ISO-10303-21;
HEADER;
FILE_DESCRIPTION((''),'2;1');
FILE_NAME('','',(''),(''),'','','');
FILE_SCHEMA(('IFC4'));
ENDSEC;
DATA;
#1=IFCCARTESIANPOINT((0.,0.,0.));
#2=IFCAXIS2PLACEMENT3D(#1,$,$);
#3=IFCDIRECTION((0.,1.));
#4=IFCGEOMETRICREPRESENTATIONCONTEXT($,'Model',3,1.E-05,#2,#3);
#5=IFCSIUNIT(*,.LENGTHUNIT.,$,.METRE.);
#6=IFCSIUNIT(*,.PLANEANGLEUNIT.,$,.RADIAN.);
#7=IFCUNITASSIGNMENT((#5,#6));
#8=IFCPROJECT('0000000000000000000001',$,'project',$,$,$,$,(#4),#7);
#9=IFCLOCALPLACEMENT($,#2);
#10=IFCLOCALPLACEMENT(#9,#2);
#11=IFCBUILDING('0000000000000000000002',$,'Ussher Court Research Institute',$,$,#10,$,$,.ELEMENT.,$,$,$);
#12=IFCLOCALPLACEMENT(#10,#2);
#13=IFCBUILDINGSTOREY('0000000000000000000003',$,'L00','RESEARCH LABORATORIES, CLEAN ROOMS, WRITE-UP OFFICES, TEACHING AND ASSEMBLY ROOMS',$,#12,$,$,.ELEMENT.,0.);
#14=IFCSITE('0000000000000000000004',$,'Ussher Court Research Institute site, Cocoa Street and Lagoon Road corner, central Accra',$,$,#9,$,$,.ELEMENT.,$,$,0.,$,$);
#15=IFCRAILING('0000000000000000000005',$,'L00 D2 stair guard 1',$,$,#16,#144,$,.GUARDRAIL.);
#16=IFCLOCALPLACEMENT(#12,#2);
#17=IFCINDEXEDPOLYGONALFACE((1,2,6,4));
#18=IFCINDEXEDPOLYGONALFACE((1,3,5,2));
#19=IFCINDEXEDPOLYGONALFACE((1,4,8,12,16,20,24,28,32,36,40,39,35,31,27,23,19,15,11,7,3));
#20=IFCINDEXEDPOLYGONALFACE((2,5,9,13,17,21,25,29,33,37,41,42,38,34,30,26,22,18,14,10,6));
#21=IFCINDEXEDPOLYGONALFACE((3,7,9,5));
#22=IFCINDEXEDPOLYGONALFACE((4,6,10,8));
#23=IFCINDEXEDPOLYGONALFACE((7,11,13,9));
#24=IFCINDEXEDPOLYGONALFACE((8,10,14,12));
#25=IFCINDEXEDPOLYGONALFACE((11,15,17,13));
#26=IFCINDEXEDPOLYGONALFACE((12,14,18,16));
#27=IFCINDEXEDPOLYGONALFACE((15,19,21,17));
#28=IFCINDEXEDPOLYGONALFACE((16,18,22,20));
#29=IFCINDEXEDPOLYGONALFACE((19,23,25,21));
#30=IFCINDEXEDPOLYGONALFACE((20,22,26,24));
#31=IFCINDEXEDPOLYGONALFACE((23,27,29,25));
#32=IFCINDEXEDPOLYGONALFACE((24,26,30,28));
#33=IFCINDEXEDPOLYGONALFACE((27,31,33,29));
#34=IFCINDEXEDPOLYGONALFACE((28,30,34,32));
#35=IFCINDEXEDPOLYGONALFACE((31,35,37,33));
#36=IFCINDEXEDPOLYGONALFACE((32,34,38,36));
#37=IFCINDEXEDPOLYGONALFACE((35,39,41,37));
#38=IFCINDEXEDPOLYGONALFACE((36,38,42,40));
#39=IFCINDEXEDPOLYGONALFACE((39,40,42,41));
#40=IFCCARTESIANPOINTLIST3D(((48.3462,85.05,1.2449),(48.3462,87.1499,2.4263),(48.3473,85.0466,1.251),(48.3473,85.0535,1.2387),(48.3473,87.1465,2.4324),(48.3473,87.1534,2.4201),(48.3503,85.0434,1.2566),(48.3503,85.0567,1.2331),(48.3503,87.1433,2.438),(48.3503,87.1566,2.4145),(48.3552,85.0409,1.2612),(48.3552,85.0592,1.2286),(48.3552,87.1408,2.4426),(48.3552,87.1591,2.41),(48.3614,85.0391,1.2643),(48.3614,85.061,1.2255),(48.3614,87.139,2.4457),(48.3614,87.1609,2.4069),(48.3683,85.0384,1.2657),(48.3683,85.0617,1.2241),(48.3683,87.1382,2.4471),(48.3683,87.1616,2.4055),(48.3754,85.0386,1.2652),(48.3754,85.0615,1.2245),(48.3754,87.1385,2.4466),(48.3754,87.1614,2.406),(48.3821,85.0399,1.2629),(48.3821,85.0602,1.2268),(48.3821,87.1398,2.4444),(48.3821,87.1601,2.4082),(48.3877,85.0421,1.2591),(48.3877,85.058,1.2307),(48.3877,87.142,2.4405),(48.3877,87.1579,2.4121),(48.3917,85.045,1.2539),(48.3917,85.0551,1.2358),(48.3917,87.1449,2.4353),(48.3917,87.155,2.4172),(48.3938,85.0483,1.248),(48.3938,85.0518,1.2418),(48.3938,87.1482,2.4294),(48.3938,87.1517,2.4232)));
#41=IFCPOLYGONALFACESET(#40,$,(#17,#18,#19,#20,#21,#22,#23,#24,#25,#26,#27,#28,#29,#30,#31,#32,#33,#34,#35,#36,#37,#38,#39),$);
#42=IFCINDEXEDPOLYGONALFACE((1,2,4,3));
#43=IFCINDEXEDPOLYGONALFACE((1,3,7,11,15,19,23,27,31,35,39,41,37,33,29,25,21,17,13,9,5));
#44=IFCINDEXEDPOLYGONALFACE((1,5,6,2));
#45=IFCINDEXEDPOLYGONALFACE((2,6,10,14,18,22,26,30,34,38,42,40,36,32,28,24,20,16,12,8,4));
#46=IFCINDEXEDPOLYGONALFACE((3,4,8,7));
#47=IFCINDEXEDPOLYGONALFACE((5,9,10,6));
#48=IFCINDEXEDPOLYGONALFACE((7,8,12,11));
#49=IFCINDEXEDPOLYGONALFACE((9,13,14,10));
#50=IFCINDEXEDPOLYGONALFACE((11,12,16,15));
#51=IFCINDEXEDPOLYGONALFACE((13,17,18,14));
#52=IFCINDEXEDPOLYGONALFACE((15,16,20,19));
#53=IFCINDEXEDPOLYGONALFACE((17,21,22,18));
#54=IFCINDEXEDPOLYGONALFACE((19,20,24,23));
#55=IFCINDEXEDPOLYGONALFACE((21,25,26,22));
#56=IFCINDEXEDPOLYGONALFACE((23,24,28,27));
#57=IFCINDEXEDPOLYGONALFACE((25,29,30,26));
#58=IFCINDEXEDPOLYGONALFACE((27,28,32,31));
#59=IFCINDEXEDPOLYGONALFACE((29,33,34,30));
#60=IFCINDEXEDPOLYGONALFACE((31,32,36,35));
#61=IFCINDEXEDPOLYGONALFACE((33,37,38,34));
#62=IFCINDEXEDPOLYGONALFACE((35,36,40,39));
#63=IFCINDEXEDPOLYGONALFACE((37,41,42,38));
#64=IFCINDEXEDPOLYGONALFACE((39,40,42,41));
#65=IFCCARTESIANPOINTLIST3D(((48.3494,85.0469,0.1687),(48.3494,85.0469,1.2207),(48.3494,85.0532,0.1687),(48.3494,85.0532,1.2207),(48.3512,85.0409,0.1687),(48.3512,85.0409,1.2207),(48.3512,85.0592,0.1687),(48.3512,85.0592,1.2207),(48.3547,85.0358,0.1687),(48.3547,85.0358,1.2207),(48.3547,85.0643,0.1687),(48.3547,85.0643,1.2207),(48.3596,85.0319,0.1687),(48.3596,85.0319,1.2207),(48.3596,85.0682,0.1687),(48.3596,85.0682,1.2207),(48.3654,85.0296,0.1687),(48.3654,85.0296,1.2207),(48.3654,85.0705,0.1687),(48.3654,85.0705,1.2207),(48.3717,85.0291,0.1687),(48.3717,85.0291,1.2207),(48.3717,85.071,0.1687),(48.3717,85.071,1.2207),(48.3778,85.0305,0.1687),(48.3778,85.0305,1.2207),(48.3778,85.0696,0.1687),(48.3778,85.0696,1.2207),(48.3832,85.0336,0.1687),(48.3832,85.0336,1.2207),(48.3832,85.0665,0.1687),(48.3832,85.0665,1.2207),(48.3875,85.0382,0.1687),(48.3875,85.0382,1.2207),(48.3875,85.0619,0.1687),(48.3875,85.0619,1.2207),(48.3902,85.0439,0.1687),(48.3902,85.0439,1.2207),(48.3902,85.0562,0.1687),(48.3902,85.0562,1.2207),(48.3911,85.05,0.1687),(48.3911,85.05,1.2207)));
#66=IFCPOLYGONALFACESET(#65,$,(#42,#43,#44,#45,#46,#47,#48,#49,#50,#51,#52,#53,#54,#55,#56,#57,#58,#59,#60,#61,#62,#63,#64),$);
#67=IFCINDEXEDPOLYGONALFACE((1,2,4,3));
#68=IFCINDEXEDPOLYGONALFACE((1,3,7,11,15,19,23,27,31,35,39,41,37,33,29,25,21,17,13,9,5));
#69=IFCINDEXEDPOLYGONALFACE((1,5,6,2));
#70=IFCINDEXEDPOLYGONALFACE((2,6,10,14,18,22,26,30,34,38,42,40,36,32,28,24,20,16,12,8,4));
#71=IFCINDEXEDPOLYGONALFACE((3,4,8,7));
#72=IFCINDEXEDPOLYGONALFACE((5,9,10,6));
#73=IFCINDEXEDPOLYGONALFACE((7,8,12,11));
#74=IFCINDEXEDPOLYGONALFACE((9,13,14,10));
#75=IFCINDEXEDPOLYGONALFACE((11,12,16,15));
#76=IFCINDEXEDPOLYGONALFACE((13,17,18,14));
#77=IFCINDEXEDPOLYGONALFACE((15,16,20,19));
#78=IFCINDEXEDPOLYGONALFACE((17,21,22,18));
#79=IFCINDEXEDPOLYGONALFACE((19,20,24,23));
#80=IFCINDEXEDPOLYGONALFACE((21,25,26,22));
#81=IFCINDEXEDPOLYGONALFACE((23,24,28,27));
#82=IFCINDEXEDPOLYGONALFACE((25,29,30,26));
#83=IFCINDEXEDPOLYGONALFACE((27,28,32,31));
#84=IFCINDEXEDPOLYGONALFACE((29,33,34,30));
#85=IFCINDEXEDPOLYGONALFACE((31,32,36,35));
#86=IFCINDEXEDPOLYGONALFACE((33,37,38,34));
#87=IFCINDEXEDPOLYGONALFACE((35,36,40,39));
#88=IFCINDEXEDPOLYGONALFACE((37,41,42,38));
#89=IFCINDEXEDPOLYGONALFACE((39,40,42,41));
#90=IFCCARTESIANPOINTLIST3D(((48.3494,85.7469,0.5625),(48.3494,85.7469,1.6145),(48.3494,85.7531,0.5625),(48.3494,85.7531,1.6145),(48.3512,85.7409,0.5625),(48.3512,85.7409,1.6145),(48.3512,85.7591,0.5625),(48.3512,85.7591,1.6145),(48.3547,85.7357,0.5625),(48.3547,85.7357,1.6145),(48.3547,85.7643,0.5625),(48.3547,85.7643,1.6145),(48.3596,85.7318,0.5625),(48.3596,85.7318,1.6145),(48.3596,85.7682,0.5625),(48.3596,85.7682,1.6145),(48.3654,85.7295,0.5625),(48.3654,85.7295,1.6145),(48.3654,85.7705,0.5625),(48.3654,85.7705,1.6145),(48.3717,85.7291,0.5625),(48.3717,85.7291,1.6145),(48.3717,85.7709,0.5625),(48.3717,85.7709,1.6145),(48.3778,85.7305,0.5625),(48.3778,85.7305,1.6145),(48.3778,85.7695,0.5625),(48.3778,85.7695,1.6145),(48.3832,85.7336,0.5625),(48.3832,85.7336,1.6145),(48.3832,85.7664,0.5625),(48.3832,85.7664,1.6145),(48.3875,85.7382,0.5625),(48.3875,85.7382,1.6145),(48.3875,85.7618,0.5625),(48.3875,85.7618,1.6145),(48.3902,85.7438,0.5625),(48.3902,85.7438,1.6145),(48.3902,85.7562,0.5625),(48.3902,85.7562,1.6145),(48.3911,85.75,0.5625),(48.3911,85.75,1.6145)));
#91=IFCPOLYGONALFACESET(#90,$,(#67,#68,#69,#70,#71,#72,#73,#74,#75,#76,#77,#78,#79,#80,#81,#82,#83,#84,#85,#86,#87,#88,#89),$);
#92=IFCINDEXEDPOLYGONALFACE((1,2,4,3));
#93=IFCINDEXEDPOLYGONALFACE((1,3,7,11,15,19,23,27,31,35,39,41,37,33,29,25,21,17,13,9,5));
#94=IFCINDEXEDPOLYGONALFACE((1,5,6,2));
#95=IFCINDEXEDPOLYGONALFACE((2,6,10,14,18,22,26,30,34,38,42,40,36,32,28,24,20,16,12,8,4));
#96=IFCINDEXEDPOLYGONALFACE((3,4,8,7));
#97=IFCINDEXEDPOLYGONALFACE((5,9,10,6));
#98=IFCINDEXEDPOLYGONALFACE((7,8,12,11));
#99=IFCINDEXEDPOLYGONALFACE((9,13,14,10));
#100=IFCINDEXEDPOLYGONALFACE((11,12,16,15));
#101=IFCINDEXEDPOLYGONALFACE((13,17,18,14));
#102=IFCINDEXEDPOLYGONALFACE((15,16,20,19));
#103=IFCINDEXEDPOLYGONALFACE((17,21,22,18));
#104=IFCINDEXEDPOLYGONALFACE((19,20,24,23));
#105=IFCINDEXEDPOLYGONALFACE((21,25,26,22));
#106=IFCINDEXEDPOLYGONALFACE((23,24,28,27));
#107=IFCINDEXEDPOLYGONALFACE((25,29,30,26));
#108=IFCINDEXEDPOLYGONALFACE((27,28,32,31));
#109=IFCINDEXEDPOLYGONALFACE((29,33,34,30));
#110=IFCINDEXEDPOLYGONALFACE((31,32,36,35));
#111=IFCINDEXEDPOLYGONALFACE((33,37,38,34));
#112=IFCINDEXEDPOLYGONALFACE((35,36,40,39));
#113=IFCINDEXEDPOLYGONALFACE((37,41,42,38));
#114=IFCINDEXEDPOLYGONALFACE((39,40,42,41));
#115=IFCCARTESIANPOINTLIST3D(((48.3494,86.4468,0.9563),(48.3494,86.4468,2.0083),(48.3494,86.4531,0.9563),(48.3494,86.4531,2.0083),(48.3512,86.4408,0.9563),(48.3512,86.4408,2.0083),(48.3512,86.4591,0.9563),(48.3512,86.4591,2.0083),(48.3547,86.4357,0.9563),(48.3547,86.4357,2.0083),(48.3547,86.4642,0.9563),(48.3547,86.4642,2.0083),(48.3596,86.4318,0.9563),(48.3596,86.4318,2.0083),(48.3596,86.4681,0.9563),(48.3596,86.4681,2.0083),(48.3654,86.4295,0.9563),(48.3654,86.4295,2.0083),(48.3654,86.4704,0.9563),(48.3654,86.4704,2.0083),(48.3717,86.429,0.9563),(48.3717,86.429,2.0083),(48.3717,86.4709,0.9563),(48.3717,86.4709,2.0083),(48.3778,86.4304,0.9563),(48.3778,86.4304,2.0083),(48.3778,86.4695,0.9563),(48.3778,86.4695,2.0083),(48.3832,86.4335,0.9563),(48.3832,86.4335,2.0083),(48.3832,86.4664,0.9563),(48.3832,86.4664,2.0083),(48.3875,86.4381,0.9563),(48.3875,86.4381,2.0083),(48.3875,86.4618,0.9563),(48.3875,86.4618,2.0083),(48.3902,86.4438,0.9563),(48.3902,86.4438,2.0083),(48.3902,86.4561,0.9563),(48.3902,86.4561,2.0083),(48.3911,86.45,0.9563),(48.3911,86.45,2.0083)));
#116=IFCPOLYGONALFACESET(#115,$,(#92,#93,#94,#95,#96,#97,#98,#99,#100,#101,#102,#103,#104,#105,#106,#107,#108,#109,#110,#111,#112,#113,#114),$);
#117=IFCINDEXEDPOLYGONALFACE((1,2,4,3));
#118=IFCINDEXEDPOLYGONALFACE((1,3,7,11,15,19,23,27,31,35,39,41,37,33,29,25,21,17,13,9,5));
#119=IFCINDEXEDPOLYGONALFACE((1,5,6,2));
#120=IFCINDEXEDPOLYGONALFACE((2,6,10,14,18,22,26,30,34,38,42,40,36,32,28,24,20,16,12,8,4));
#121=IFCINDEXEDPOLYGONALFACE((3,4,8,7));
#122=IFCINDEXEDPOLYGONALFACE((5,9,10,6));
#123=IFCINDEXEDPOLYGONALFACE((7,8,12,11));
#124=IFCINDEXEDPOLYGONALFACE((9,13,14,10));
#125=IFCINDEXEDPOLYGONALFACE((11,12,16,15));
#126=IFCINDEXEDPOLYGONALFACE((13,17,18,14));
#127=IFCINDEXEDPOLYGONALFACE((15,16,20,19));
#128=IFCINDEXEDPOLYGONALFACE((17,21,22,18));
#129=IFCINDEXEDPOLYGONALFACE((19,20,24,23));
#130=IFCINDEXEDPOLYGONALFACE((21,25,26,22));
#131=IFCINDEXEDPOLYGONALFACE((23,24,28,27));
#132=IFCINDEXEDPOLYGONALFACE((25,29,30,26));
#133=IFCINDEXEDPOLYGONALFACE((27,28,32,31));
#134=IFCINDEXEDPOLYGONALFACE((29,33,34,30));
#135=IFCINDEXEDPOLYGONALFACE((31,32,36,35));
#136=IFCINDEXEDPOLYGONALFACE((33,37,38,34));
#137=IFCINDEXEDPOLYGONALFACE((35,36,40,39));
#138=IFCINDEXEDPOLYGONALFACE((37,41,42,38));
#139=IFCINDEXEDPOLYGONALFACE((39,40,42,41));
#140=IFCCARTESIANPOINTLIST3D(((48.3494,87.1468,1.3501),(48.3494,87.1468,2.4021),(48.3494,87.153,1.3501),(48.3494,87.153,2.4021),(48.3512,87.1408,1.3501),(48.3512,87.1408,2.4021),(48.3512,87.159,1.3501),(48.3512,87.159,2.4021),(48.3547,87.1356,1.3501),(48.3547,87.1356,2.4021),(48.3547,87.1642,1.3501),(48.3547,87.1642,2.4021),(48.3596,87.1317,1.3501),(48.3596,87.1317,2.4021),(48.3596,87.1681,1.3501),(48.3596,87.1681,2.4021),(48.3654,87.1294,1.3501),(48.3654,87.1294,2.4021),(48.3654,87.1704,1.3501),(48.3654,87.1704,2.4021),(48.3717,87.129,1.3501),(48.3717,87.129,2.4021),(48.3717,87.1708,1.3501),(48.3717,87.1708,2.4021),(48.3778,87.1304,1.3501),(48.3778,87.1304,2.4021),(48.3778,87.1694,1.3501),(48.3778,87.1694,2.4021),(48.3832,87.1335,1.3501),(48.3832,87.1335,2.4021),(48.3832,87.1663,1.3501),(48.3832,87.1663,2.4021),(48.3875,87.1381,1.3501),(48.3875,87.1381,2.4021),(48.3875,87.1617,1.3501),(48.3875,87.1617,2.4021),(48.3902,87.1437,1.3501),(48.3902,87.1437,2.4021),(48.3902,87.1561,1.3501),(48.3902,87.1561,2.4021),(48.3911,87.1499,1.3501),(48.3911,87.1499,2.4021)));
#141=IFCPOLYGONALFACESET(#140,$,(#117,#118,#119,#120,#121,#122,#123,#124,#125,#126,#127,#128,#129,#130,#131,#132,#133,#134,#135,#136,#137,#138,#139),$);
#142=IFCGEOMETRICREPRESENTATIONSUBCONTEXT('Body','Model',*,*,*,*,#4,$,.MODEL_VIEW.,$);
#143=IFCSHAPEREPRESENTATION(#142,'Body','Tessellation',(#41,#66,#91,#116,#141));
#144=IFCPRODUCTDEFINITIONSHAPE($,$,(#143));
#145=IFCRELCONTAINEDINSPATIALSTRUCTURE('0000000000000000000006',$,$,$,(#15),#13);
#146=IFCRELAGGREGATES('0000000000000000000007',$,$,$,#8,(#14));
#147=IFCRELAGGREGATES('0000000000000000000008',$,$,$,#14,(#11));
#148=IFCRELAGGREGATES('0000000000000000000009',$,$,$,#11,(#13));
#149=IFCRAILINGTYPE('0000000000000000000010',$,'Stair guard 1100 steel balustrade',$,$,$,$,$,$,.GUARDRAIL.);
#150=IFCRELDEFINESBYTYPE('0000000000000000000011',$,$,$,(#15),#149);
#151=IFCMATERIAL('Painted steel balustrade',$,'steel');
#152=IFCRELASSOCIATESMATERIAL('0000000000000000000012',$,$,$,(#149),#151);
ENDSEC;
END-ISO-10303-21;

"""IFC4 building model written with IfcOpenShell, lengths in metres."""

from ifc_helpers import new_model, si_unit, direction, frame, origin, origin_2d, place, context, subcontext, project, spatial, circle, extrude, material, type_object, element, save


model = new_model("IFC4")

# Units and contexts
model_context = context("Model", 3, precision=1e-05, world=origin(), true_north=direction((0.0, 1.0)))
body_context = subcontext(model_context, "Body", "Model", "MODEL_VIEW")
ifc_project = project(units=[si_unit("LENGTHUNIT", "METRE"), si_unit("PLANEANGLEUNIT", "RADIAN")], contexts=[model_context])

# Site, building, storey
site_placement = place(None, origin())
site = spatial("IfcSite", under=ifc_project, at=site_placement, Name="Ussher Court Research Institute site, Cocoa Street and Lagoon Road corner, central Accra", CompositionType="ELEMENT", RefElevation=0.0)
building_placement = place(site_placement, origin())
building = spatial("IfcBuilding", under=site, at=building_placement, Name="Ussher Court Research Institute", CompositionType="ELEMENT")
storey_placement = place(building_placement, origin())
storey = spatial("IfcBuildingStorey", under=building, at=storey_placement, Name="L00", Description="RESEARCH LABORATORIES, CLEAN ROOMS, WRITE-UP OFFICES, TEACHING AND ASSEMBLY ROOMS", CompositionType="ELEMENT", Elevation=0.0)

# Railing
ifc_material_1 = material(Name="Painted steel balustrade", Category="steel")
railing_type_1 = type_object("IfcRailingType", Name="Stair guard 1100 steel balustrade", PredefinedType="GUARDRAIL", material=ifc_material_1)
railing_1_placement = place(storey_placement, frame((48.3701, 85.05, 0.1687)))
element("IfcRailing", 1, at=railing_1_placement, inside=storey, type_object=railing_type_1, Name="L00 D2 stair guard 1", PredefinedType="GUARDRAIL", context=body_context, shape_type="SweptSolid", body=[
    extrude(circle(Radius=0.0239, at=origin_2d()), frame((0.0, 0.0, 1.0762), z_axis=(0.0, 0.871535, 0.490333), x_axis=(-1.0, 0.0, 0.0)), (0.0, 0.0, 1.0), 2.4094),
    extrude(circle(Radius=0.021, at=origin_2d()), origin(), (0.0, 0.0, 1.0), 1.052),
    extrude(circle(Radius=0.021, at=origin_2d()), frame((0.0, 0.7, 0.3938)), (0.0, 0.0, 1.0), 1.052),
    extrude(circle(Radius=0.021, at=origin_2d()), frame((0.0, 1.3999, 0.7876)), (0.0, 0.0, 1.0), 1.052),
    extrude(circle(Radius=0.021, at=origin_2d()), frame((0.0, 2.0999, 1.1814)), (0.0, 0.0, 1.0), 1.052),
])

save(model, "model.ifc")
